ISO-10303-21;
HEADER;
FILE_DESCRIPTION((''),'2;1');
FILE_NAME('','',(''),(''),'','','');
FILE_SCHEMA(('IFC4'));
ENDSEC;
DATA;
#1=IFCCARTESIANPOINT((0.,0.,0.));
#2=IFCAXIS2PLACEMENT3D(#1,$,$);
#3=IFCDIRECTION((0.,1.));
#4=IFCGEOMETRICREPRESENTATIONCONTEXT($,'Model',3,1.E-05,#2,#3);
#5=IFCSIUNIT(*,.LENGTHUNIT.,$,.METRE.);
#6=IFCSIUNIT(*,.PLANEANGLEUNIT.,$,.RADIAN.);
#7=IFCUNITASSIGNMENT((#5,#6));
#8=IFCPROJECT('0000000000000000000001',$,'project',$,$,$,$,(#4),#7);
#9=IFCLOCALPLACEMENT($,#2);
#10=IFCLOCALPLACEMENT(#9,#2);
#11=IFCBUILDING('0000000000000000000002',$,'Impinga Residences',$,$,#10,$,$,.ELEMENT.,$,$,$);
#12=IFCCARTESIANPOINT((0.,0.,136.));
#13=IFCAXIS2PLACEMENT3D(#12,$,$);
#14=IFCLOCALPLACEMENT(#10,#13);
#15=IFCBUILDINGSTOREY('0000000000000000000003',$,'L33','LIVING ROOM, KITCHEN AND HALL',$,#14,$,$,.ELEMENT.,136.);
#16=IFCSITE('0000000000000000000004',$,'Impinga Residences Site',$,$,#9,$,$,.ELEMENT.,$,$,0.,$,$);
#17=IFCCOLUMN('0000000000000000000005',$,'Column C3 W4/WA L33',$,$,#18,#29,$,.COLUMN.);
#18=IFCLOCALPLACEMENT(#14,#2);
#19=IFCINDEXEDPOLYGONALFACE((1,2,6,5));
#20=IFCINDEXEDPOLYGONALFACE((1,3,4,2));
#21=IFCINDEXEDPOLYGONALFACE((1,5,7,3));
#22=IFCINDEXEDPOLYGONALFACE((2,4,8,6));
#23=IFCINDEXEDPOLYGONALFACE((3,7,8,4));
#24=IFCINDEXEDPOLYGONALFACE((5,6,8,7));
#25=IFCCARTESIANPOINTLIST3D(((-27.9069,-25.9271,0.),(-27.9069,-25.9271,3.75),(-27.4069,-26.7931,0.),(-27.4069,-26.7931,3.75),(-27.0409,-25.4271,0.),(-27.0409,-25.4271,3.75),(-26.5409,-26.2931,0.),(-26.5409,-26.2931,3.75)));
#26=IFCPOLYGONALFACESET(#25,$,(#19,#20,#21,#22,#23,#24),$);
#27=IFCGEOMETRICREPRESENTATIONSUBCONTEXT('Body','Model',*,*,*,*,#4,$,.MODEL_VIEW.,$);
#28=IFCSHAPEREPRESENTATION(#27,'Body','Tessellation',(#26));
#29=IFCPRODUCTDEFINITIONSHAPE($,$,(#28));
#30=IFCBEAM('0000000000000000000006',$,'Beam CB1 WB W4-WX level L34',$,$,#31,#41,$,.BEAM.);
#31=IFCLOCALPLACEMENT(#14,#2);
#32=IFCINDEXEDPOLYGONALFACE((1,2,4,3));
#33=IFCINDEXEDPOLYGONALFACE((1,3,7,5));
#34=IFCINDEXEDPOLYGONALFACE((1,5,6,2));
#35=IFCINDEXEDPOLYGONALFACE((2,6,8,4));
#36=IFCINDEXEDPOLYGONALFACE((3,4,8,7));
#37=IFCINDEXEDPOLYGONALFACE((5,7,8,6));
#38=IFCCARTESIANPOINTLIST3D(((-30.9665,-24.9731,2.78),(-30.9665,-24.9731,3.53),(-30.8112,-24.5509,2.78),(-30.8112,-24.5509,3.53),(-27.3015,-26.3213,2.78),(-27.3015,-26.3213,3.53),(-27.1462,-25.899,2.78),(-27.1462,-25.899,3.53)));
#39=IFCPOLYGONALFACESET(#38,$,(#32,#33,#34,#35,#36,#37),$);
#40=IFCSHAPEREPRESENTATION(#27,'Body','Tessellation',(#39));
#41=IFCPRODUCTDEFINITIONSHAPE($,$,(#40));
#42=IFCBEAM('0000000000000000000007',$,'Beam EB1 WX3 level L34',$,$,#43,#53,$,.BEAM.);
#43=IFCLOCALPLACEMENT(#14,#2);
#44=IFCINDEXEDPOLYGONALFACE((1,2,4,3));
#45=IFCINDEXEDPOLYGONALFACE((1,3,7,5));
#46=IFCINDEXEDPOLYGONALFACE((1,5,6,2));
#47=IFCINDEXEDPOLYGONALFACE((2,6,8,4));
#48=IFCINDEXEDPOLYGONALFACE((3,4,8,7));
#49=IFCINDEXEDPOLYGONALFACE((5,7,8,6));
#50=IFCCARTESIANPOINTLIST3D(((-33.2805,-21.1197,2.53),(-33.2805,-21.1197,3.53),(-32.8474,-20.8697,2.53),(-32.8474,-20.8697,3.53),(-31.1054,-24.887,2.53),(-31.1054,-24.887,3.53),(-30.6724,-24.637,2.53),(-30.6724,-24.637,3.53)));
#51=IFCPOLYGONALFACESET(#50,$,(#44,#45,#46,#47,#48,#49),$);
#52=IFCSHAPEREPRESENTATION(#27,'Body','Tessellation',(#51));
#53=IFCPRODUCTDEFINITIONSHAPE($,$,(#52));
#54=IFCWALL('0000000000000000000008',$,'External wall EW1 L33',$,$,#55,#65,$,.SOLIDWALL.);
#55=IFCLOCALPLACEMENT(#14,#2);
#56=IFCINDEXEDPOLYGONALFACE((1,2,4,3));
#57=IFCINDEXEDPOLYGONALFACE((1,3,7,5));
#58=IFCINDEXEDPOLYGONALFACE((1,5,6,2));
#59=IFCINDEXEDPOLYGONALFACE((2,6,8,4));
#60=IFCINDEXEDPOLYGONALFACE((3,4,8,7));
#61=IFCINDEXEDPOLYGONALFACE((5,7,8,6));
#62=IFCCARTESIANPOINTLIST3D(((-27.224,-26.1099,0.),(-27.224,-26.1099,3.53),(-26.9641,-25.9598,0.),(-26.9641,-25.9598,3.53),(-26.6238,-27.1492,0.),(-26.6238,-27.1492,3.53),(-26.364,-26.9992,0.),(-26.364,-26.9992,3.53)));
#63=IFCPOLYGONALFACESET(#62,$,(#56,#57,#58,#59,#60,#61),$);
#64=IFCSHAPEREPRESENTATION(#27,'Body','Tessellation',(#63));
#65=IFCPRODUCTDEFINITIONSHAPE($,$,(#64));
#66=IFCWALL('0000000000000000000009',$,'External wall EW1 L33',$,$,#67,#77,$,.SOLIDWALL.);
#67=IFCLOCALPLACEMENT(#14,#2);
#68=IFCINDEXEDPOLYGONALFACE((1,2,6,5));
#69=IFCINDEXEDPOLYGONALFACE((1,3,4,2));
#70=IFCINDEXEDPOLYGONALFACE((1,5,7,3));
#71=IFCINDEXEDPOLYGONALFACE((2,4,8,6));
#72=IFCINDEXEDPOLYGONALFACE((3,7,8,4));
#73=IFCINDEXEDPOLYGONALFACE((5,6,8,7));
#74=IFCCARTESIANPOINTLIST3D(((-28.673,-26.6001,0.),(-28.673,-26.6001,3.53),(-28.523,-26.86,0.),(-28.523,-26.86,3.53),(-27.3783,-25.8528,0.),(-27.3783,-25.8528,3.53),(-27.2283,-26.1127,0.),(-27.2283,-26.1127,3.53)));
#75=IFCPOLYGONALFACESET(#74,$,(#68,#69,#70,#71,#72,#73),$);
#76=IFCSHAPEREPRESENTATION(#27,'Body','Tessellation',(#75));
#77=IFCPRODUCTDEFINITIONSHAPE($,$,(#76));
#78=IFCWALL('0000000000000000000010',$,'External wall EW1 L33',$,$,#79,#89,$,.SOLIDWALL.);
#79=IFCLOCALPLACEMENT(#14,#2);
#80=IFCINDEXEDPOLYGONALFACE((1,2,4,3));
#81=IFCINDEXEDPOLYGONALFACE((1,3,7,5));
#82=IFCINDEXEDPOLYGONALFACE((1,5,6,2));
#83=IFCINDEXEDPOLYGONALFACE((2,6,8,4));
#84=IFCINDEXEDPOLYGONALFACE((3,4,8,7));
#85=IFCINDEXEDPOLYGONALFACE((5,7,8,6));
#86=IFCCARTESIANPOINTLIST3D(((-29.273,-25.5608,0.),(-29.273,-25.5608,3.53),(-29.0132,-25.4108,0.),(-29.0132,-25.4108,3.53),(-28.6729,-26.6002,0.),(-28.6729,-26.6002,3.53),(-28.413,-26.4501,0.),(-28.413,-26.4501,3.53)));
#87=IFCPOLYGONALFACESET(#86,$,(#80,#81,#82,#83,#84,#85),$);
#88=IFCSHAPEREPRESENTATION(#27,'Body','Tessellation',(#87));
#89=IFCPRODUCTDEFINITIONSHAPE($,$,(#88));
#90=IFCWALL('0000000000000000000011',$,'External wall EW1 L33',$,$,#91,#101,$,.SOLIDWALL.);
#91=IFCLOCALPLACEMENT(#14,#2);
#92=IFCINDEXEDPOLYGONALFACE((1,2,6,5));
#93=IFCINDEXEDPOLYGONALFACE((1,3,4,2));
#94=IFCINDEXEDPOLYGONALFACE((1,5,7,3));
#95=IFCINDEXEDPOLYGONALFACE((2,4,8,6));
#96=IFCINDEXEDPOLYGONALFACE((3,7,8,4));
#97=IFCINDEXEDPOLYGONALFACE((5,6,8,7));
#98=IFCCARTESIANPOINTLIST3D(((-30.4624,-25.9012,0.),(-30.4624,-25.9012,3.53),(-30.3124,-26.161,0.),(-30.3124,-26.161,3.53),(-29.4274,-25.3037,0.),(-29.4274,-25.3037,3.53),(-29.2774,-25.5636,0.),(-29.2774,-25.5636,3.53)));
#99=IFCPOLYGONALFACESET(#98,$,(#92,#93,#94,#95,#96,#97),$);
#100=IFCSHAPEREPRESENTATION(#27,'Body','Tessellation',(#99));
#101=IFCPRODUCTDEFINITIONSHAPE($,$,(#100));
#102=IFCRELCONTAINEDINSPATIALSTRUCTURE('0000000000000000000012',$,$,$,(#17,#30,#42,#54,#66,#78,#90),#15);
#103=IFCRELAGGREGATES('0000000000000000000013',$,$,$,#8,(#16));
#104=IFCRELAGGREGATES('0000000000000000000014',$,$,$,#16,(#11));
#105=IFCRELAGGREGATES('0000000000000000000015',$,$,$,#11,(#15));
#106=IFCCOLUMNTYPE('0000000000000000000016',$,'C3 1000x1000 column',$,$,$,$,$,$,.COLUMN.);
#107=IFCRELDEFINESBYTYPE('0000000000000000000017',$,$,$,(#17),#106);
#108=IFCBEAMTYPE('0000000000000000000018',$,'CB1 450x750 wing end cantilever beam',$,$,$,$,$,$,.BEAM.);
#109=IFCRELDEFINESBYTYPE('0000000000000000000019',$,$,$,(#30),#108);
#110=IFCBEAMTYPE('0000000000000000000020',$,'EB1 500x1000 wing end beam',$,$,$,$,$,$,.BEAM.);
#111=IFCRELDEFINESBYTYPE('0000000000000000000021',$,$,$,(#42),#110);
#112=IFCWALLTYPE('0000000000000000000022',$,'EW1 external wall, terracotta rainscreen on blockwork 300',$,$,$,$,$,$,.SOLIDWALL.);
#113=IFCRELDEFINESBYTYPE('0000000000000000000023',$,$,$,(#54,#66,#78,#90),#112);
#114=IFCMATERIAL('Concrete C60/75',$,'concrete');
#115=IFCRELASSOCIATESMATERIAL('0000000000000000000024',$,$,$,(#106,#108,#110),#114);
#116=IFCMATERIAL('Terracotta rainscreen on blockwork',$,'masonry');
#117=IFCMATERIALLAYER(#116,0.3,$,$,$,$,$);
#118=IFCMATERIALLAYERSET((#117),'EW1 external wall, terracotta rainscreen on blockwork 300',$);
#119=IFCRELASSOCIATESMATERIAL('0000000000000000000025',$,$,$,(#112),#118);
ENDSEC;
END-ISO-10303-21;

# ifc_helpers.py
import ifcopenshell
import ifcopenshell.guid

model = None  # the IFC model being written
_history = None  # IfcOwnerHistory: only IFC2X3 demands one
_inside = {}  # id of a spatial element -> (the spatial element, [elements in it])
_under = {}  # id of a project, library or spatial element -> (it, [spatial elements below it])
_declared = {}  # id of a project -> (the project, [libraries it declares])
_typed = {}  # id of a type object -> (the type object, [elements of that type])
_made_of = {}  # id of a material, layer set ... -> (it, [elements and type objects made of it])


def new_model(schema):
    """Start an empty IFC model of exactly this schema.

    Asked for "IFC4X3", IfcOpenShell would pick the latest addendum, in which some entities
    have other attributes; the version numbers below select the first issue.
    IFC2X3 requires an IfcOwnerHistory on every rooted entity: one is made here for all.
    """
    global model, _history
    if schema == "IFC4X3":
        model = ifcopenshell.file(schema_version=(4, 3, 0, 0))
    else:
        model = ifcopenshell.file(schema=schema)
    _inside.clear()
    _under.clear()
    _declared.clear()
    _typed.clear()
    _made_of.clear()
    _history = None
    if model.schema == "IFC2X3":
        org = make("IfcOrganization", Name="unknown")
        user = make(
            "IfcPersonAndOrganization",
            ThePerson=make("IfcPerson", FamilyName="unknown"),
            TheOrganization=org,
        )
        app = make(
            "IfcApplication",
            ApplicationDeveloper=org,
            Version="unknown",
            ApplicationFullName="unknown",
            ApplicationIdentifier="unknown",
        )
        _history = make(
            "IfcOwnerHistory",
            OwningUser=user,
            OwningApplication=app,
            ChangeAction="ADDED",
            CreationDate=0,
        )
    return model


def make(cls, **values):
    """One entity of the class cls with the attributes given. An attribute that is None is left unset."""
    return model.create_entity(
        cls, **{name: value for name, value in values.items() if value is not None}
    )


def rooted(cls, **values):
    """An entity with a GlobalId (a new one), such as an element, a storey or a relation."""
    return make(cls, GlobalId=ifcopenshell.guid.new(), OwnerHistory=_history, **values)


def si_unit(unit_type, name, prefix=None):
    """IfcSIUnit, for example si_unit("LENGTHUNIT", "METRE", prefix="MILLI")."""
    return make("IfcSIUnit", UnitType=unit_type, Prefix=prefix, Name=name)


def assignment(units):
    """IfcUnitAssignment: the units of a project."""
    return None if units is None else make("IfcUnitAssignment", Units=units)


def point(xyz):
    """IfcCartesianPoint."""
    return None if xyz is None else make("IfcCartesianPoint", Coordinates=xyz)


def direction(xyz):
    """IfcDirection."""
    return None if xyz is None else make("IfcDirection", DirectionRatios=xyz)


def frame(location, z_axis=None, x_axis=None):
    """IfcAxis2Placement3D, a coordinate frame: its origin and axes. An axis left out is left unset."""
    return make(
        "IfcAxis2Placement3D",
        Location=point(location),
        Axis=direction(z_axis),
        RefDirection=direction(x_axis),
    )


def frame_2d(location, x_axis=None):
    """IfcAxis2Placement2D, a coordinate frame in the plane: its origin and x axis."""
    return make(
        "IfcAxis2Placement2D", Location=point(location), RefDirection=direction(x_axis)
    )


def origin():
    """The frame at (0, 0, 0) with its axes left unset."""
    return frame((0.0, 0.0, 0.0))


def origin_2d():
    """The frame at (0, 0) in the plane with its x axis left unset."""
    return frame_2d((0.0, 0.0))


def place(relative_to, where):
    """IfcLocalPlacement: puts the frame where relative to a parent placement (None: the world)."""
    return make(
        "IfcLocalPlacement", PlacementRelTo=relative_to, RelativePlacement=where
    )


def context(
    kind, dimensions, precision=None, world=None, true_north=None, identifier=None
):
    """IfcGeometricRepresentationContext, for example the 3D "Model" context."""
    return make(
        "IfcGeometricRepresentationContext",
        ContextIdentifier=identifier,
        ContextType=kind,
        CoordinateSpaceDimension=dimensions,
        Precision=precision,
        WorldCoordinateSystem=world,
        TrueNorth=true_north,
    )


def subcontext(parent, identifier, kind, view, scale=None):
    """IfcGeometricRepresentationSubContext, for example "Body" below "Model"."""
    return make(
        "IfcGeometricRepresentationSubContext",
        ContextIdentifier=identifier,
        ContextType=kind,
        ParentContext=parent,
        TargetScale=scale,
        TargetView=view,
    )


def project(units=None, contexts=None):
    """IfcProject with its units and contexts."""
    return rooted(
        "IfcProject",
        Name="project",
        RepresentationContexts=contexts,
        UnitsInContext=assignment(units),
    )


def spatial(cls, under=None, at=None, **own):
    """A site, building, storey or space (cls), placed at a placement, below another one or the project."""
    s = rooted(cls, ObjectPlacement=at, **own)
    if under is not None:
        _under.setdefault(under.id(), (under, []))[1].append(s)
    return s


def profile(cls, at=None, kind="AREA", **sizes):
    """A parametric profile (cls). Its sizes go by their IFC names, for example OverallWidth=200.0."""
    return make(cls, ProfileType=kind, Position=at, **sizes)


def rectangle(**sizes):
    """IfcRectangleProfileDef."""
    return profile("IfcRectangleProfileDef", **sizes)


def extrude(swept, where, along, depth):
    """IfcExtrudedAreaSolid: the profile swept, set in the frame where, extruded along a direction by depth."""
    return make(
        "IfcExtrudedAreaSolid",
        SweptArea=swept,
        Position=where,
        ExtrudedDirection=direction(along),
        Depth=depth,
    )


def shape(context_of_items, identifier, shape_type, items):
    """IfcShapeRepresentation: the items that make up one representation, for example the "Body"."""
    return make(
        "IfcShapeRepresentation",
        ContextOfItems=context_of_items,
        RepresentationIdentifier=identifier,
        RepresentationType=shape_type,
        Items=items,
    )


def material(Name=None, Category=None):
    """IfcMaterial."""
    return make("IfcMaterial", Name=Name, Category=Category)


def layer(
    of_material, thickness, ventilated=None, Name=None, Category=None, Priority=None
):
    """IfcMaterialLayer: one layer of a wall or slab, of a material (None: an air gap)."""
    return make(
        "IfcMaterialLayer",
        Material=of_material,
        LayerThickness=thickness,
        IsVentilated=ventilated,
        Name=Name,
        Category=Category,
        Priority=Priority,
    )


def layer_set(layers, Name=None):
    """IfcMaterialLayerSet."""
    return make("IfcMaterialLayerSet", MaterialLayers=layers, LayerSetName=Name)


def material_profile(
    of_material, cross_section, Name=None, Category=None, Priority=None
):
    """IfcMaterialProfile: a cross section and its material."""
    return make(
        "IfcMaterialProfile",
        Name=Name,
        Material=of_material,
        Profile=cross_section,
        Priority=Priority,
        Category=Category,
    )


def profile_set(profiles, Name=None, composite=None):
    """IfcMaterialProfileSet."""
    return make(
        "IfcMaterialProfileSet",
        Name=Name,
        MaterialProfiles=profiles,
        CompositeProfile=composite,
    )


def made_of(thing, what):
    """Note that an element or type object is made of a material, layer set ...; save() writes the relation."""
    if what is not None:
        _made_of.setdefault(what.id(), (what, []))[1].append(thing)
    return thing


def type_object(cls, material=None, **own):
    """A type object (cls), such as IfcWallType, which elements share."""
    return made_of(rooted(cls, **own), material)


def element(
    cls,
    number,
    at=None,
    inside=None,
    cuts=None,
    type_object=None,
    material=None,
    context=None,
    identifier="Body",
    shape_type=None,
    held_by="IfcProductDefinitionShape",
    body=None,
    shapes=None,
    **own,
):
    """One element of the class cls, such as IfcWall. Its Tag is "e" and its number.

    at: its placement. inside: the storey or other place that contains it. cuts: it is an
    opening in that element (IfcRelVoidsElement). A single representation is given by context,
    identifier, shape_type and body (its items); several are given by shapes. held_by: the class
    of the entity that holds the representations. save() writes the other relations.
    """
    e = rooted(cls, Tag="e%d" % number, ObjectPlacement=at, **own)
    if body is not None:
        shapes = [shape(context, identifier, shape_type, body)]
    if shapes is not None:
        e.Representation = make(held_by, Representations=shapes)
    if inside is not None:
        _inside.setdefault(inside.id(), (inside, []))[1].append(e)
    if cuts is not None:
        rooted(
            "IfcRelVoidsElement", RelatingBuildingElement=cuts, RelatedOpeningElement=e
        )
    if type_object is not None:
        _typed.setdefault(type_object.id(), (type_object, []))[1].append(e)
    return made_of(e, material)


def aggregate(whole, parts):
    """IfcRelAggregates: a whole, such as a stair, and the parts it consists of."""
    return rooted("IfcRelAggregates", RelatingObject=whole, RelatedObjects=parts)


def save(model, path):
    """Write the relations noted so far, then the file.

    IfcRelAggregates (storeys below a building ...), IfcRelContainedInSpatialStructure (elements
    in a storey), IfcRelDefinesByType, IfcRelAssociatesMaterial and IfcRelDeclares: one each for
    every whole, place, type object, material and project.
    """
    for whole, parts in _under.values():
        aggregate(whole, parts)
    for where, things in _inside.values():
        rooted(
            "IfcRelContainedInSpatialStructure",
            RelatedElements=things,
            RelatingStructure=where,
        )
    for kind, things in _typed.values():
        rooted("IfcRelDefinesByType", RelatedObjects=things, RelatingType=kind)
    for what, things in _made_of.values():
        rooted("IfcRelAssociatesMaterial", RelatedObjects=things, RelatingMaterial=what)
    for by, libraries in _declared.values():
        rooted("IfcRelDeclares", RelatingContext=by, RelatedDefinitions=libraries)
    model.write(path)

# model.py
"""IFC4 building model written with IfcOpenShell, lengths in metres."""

from ifc_helpers import new_model, si_unit, direction, frame, frame_2d, origin, origin_2d, place, context, subcontext, project, spatial, rectangle, extrude, material, layer, layer_set, material_profile, profile_set, type_object, element, save


model = new_model("IFC4")

# Units and contexts
model_context = context("Model", 3, precision=1e-05, world=origin(), true_north=direction((0.0, 1.0)))
body_context = subcontext(model_context, "Body", "Model", "MODEL_VIEW")
ifc_project = project(units=[si_unit("LENGTHUNIT", "METRE"), si_unit("PLANEANGLEUNIT", "RADIAN")], contexts=[model_context])

# Site, building, storey
site_placement = place(None, origin())
site = spatial("IfcSite", under=ifc_project, at=site_placement, Name="Impinga Residences Site", CompositionType="ELEMENT", RefElevation=0.0)
building_placement = place(site_placement, origin())
building = spatial("IfcBuilding", under=site, at=building_placement, Name="Impinga Residences", CompositionType="ELEMENT")
storey_placement = place(building_placement, frame((0.0, 0.0, 136.0)))
storey = spatial("IfcBuildingStorey", under=building, at=storey_placement, Name="L33", Description="LIVING ROOM, KITCHEN AND HALL", CompositionType="ELEMENT", Elevation=136.0)

# Column
ifc_material_1 = material(Name="Concrete C60/75", Category="concrete")
ifc_material_profile_1 = material_profile(ifc_material_1, rectangle(XDim=1.0, YDim=1.0, at=origin_2d()), Name="RC 1000x1000")
ifc_profile_set_1 = profile_set([ifc_material_profile_1], Name="Concrete C60/75")
column_type = type_object("IfcColumnType", Name="C3 1000x1000 column", PredefinedType="COLUMN", material=ifc_profile_set_1)
column_placement = place(storey_placement, frame((-27.2239, -26.1101, 0.0), z_axis=(0.0, 0.0, 1.0), x_axis=(-0.5, 0.866025, 0.0)))
element("IfcColumn", 1, at=column_placement, inside=storey, type_object=column_type, Name="Column C3 W4/WA L33", PredefinedType="COLUMN", context=body_context, shape_type="SweptSolid", body=[
    extrude(rectangle(XDim=1.0, YDim=1.0, at=origin_2d()), origin(), (0.0, 0.0, 1.0), 3.75),
])

# Beams
ifc_material_profile_2 = material_profile(ifc_material_1, rectangle(XDim=0.45, YDim=0.75, at=origin_2d()), Name="RC 450x750")
ifc_profile_set_2 = profile_set([ifc_material_profile_2], Name="Concrete C60/75")
beam_type_1 = type_object("IfcBeamType", Name="CB1 450x750 wing end cantilever beam", PredefinedType="BEAM", material=ifc_profile_set_2)
beam_1_placement = place(storey_placement, frame((-27.2239, -26.1101, 3.155), z_axis=(-0.93852, 0.345224, 0.0), x_axis=(-0.345224, -0.93852, 0.0)))
element("IfcBeam", 2, at=beam_1_placement, inside=storey, type_object=beam_type_1, Name="Beam CB1 WB W4-WX level L34", PredefinedType="BEAM", context=body_context, shape_type="SweptSolid", body=[
    extrude(rectangle(XDim=0.45, YDim=0.75, at=origin_2d()), origin(), (0.0, 0.0, 1.0), 3.905),
])
ifc_material_profile_3 = material_profile(ifc_material_1, rectangle(XDim=0.5, YDim=1.0, at=origin_2d()), Name="RC 500x1000")
ifc_profile_set_3 = profile_set([ifc_material_profile_3], Name="Concrete C60/75")
beam_type_2 = type_object("IfcBeamType", Name="EB1 500x1000 wing end beam", PredefinedType="BEAM", material=ifc_profile_set_3)
beam_2_placement = place(storey_placement, frame((-30.8889, -24.762, 3.03), z_axis=(-0.499996, 0.866028, 0.0), x_axis=(-0.866028, -0.499996, 0.0)))
element("IfcBeam", 3, at=beam_2_placement, inside=storey, type_object=beam_type_2, Name="Beam EB1 WX3 level L34", PredefinedType="BEAM", context=body_context, shape_type="SweptSolid", body=[
    extrude(rectangle(XDim=0.5, YDim=1.0, at=origin_2d()), origin(), (0.0, 0.0, 1.0), 4.3501),
])

# Walls
ifc_material_2 = material(Name="Terracotta rainscreen on blockwork", Category="masonry")
ifc_layer_1 = layer(ifc_material_2, 0.3)
ifc_layer_set_1 = layer_set([ifc_layer_1], Name="EW1 external wall, terracotta rainscreen on blockwork 300")
wall_type_1 = type_object("IfcWallType", Name="EW1 external wall, terracotta rainscreen on blockwork 300", PredefinedType="SOLIDWALL", material=ifc_layer_set_1)
wall_1_placement = place(storey_placement, frame((-26.4939, -27.0742, 0.0), z_axis=(0.0, 0.0, 1.0), x_axis=(-0.500034, 0.866006, 0.0)))
element("IfcWall", 4, at=wall_1_placement, inside=storey, type_object=wall_type_1, Name="External wall EW1 L33", PredefinedType="SOLIDWALL", context=body_context, shape_type="SweptSolid", body=[
    extrude(rectangle(XDim=1.2002, YDim=0.3, at=frame_2d((0.6001, 0.0))), origin(), (0.0, 0.0, 1.0), 3.53),
])
wall_2_placement = place(storey_placement, frame((-27.3032, -25.9827, 0.0), z_axis=(0.0, 0.0, 1.0), x_axis=(-0.866074, -0.499916, 0.0)))
element("IfcWall", 5, at=wall_2_placement, inside=storey, type_object=wall_type_1, Name="External wall EW1 L33", PredefinedType="SOLIDWALL", context=body_context, shape_type="SweptSolid", body=[
    extrude(rectangle(XDim=1.4949, YDim=0.3, at=frame_2d((0.7476, 0.0))), origin(), (0.0, 0.0, 1.0), 3.53),
])
wall_3_placement = place(storey_placement, frame((-28.543, -26.5251, 0.0), z_axis=(0.0, 0.0, 1.0), x_axis=(-0.500034, 0.866006, 0.0)))
element("IfcWall", 6, at=wall_3_placement, inside=storey, type_object=wall_type_1, Name="External wall EW1 L33", PredefinedType="SOLIDWALL", context=body_context, shape_type="SweptSolid", body=[
    extrude(rectangle(XDim=1.2002, YDim=0.3, at=frame_2d((0.6001, 0.0))), origin(), (0.0, 0.0, 1.0), 3.53),
])
wall_4_placement = place(storey_placement, frame((-29.3523, -25.4336, 0.0), z_axis=(0.0, 0.0, 1.0), x_axis=(-0.86606, -0.499941, 0.0)))
element("IfcWall", 7, at=wall_4_placement, inside=storey, type_object=wall_type_1, Name="External wall EW1 L33", PredefinedType="SOLIDWALL", context=body_context, shape_type="SweptSolid", body=[
    extrude(rectangle(XDim=1.1951, YDim=0.3, at=frame_2d((0.5977, 0.0))), origin(), (0.0, 0.0, 1.0), 3.53),
])

save(model, "model.ifc")
